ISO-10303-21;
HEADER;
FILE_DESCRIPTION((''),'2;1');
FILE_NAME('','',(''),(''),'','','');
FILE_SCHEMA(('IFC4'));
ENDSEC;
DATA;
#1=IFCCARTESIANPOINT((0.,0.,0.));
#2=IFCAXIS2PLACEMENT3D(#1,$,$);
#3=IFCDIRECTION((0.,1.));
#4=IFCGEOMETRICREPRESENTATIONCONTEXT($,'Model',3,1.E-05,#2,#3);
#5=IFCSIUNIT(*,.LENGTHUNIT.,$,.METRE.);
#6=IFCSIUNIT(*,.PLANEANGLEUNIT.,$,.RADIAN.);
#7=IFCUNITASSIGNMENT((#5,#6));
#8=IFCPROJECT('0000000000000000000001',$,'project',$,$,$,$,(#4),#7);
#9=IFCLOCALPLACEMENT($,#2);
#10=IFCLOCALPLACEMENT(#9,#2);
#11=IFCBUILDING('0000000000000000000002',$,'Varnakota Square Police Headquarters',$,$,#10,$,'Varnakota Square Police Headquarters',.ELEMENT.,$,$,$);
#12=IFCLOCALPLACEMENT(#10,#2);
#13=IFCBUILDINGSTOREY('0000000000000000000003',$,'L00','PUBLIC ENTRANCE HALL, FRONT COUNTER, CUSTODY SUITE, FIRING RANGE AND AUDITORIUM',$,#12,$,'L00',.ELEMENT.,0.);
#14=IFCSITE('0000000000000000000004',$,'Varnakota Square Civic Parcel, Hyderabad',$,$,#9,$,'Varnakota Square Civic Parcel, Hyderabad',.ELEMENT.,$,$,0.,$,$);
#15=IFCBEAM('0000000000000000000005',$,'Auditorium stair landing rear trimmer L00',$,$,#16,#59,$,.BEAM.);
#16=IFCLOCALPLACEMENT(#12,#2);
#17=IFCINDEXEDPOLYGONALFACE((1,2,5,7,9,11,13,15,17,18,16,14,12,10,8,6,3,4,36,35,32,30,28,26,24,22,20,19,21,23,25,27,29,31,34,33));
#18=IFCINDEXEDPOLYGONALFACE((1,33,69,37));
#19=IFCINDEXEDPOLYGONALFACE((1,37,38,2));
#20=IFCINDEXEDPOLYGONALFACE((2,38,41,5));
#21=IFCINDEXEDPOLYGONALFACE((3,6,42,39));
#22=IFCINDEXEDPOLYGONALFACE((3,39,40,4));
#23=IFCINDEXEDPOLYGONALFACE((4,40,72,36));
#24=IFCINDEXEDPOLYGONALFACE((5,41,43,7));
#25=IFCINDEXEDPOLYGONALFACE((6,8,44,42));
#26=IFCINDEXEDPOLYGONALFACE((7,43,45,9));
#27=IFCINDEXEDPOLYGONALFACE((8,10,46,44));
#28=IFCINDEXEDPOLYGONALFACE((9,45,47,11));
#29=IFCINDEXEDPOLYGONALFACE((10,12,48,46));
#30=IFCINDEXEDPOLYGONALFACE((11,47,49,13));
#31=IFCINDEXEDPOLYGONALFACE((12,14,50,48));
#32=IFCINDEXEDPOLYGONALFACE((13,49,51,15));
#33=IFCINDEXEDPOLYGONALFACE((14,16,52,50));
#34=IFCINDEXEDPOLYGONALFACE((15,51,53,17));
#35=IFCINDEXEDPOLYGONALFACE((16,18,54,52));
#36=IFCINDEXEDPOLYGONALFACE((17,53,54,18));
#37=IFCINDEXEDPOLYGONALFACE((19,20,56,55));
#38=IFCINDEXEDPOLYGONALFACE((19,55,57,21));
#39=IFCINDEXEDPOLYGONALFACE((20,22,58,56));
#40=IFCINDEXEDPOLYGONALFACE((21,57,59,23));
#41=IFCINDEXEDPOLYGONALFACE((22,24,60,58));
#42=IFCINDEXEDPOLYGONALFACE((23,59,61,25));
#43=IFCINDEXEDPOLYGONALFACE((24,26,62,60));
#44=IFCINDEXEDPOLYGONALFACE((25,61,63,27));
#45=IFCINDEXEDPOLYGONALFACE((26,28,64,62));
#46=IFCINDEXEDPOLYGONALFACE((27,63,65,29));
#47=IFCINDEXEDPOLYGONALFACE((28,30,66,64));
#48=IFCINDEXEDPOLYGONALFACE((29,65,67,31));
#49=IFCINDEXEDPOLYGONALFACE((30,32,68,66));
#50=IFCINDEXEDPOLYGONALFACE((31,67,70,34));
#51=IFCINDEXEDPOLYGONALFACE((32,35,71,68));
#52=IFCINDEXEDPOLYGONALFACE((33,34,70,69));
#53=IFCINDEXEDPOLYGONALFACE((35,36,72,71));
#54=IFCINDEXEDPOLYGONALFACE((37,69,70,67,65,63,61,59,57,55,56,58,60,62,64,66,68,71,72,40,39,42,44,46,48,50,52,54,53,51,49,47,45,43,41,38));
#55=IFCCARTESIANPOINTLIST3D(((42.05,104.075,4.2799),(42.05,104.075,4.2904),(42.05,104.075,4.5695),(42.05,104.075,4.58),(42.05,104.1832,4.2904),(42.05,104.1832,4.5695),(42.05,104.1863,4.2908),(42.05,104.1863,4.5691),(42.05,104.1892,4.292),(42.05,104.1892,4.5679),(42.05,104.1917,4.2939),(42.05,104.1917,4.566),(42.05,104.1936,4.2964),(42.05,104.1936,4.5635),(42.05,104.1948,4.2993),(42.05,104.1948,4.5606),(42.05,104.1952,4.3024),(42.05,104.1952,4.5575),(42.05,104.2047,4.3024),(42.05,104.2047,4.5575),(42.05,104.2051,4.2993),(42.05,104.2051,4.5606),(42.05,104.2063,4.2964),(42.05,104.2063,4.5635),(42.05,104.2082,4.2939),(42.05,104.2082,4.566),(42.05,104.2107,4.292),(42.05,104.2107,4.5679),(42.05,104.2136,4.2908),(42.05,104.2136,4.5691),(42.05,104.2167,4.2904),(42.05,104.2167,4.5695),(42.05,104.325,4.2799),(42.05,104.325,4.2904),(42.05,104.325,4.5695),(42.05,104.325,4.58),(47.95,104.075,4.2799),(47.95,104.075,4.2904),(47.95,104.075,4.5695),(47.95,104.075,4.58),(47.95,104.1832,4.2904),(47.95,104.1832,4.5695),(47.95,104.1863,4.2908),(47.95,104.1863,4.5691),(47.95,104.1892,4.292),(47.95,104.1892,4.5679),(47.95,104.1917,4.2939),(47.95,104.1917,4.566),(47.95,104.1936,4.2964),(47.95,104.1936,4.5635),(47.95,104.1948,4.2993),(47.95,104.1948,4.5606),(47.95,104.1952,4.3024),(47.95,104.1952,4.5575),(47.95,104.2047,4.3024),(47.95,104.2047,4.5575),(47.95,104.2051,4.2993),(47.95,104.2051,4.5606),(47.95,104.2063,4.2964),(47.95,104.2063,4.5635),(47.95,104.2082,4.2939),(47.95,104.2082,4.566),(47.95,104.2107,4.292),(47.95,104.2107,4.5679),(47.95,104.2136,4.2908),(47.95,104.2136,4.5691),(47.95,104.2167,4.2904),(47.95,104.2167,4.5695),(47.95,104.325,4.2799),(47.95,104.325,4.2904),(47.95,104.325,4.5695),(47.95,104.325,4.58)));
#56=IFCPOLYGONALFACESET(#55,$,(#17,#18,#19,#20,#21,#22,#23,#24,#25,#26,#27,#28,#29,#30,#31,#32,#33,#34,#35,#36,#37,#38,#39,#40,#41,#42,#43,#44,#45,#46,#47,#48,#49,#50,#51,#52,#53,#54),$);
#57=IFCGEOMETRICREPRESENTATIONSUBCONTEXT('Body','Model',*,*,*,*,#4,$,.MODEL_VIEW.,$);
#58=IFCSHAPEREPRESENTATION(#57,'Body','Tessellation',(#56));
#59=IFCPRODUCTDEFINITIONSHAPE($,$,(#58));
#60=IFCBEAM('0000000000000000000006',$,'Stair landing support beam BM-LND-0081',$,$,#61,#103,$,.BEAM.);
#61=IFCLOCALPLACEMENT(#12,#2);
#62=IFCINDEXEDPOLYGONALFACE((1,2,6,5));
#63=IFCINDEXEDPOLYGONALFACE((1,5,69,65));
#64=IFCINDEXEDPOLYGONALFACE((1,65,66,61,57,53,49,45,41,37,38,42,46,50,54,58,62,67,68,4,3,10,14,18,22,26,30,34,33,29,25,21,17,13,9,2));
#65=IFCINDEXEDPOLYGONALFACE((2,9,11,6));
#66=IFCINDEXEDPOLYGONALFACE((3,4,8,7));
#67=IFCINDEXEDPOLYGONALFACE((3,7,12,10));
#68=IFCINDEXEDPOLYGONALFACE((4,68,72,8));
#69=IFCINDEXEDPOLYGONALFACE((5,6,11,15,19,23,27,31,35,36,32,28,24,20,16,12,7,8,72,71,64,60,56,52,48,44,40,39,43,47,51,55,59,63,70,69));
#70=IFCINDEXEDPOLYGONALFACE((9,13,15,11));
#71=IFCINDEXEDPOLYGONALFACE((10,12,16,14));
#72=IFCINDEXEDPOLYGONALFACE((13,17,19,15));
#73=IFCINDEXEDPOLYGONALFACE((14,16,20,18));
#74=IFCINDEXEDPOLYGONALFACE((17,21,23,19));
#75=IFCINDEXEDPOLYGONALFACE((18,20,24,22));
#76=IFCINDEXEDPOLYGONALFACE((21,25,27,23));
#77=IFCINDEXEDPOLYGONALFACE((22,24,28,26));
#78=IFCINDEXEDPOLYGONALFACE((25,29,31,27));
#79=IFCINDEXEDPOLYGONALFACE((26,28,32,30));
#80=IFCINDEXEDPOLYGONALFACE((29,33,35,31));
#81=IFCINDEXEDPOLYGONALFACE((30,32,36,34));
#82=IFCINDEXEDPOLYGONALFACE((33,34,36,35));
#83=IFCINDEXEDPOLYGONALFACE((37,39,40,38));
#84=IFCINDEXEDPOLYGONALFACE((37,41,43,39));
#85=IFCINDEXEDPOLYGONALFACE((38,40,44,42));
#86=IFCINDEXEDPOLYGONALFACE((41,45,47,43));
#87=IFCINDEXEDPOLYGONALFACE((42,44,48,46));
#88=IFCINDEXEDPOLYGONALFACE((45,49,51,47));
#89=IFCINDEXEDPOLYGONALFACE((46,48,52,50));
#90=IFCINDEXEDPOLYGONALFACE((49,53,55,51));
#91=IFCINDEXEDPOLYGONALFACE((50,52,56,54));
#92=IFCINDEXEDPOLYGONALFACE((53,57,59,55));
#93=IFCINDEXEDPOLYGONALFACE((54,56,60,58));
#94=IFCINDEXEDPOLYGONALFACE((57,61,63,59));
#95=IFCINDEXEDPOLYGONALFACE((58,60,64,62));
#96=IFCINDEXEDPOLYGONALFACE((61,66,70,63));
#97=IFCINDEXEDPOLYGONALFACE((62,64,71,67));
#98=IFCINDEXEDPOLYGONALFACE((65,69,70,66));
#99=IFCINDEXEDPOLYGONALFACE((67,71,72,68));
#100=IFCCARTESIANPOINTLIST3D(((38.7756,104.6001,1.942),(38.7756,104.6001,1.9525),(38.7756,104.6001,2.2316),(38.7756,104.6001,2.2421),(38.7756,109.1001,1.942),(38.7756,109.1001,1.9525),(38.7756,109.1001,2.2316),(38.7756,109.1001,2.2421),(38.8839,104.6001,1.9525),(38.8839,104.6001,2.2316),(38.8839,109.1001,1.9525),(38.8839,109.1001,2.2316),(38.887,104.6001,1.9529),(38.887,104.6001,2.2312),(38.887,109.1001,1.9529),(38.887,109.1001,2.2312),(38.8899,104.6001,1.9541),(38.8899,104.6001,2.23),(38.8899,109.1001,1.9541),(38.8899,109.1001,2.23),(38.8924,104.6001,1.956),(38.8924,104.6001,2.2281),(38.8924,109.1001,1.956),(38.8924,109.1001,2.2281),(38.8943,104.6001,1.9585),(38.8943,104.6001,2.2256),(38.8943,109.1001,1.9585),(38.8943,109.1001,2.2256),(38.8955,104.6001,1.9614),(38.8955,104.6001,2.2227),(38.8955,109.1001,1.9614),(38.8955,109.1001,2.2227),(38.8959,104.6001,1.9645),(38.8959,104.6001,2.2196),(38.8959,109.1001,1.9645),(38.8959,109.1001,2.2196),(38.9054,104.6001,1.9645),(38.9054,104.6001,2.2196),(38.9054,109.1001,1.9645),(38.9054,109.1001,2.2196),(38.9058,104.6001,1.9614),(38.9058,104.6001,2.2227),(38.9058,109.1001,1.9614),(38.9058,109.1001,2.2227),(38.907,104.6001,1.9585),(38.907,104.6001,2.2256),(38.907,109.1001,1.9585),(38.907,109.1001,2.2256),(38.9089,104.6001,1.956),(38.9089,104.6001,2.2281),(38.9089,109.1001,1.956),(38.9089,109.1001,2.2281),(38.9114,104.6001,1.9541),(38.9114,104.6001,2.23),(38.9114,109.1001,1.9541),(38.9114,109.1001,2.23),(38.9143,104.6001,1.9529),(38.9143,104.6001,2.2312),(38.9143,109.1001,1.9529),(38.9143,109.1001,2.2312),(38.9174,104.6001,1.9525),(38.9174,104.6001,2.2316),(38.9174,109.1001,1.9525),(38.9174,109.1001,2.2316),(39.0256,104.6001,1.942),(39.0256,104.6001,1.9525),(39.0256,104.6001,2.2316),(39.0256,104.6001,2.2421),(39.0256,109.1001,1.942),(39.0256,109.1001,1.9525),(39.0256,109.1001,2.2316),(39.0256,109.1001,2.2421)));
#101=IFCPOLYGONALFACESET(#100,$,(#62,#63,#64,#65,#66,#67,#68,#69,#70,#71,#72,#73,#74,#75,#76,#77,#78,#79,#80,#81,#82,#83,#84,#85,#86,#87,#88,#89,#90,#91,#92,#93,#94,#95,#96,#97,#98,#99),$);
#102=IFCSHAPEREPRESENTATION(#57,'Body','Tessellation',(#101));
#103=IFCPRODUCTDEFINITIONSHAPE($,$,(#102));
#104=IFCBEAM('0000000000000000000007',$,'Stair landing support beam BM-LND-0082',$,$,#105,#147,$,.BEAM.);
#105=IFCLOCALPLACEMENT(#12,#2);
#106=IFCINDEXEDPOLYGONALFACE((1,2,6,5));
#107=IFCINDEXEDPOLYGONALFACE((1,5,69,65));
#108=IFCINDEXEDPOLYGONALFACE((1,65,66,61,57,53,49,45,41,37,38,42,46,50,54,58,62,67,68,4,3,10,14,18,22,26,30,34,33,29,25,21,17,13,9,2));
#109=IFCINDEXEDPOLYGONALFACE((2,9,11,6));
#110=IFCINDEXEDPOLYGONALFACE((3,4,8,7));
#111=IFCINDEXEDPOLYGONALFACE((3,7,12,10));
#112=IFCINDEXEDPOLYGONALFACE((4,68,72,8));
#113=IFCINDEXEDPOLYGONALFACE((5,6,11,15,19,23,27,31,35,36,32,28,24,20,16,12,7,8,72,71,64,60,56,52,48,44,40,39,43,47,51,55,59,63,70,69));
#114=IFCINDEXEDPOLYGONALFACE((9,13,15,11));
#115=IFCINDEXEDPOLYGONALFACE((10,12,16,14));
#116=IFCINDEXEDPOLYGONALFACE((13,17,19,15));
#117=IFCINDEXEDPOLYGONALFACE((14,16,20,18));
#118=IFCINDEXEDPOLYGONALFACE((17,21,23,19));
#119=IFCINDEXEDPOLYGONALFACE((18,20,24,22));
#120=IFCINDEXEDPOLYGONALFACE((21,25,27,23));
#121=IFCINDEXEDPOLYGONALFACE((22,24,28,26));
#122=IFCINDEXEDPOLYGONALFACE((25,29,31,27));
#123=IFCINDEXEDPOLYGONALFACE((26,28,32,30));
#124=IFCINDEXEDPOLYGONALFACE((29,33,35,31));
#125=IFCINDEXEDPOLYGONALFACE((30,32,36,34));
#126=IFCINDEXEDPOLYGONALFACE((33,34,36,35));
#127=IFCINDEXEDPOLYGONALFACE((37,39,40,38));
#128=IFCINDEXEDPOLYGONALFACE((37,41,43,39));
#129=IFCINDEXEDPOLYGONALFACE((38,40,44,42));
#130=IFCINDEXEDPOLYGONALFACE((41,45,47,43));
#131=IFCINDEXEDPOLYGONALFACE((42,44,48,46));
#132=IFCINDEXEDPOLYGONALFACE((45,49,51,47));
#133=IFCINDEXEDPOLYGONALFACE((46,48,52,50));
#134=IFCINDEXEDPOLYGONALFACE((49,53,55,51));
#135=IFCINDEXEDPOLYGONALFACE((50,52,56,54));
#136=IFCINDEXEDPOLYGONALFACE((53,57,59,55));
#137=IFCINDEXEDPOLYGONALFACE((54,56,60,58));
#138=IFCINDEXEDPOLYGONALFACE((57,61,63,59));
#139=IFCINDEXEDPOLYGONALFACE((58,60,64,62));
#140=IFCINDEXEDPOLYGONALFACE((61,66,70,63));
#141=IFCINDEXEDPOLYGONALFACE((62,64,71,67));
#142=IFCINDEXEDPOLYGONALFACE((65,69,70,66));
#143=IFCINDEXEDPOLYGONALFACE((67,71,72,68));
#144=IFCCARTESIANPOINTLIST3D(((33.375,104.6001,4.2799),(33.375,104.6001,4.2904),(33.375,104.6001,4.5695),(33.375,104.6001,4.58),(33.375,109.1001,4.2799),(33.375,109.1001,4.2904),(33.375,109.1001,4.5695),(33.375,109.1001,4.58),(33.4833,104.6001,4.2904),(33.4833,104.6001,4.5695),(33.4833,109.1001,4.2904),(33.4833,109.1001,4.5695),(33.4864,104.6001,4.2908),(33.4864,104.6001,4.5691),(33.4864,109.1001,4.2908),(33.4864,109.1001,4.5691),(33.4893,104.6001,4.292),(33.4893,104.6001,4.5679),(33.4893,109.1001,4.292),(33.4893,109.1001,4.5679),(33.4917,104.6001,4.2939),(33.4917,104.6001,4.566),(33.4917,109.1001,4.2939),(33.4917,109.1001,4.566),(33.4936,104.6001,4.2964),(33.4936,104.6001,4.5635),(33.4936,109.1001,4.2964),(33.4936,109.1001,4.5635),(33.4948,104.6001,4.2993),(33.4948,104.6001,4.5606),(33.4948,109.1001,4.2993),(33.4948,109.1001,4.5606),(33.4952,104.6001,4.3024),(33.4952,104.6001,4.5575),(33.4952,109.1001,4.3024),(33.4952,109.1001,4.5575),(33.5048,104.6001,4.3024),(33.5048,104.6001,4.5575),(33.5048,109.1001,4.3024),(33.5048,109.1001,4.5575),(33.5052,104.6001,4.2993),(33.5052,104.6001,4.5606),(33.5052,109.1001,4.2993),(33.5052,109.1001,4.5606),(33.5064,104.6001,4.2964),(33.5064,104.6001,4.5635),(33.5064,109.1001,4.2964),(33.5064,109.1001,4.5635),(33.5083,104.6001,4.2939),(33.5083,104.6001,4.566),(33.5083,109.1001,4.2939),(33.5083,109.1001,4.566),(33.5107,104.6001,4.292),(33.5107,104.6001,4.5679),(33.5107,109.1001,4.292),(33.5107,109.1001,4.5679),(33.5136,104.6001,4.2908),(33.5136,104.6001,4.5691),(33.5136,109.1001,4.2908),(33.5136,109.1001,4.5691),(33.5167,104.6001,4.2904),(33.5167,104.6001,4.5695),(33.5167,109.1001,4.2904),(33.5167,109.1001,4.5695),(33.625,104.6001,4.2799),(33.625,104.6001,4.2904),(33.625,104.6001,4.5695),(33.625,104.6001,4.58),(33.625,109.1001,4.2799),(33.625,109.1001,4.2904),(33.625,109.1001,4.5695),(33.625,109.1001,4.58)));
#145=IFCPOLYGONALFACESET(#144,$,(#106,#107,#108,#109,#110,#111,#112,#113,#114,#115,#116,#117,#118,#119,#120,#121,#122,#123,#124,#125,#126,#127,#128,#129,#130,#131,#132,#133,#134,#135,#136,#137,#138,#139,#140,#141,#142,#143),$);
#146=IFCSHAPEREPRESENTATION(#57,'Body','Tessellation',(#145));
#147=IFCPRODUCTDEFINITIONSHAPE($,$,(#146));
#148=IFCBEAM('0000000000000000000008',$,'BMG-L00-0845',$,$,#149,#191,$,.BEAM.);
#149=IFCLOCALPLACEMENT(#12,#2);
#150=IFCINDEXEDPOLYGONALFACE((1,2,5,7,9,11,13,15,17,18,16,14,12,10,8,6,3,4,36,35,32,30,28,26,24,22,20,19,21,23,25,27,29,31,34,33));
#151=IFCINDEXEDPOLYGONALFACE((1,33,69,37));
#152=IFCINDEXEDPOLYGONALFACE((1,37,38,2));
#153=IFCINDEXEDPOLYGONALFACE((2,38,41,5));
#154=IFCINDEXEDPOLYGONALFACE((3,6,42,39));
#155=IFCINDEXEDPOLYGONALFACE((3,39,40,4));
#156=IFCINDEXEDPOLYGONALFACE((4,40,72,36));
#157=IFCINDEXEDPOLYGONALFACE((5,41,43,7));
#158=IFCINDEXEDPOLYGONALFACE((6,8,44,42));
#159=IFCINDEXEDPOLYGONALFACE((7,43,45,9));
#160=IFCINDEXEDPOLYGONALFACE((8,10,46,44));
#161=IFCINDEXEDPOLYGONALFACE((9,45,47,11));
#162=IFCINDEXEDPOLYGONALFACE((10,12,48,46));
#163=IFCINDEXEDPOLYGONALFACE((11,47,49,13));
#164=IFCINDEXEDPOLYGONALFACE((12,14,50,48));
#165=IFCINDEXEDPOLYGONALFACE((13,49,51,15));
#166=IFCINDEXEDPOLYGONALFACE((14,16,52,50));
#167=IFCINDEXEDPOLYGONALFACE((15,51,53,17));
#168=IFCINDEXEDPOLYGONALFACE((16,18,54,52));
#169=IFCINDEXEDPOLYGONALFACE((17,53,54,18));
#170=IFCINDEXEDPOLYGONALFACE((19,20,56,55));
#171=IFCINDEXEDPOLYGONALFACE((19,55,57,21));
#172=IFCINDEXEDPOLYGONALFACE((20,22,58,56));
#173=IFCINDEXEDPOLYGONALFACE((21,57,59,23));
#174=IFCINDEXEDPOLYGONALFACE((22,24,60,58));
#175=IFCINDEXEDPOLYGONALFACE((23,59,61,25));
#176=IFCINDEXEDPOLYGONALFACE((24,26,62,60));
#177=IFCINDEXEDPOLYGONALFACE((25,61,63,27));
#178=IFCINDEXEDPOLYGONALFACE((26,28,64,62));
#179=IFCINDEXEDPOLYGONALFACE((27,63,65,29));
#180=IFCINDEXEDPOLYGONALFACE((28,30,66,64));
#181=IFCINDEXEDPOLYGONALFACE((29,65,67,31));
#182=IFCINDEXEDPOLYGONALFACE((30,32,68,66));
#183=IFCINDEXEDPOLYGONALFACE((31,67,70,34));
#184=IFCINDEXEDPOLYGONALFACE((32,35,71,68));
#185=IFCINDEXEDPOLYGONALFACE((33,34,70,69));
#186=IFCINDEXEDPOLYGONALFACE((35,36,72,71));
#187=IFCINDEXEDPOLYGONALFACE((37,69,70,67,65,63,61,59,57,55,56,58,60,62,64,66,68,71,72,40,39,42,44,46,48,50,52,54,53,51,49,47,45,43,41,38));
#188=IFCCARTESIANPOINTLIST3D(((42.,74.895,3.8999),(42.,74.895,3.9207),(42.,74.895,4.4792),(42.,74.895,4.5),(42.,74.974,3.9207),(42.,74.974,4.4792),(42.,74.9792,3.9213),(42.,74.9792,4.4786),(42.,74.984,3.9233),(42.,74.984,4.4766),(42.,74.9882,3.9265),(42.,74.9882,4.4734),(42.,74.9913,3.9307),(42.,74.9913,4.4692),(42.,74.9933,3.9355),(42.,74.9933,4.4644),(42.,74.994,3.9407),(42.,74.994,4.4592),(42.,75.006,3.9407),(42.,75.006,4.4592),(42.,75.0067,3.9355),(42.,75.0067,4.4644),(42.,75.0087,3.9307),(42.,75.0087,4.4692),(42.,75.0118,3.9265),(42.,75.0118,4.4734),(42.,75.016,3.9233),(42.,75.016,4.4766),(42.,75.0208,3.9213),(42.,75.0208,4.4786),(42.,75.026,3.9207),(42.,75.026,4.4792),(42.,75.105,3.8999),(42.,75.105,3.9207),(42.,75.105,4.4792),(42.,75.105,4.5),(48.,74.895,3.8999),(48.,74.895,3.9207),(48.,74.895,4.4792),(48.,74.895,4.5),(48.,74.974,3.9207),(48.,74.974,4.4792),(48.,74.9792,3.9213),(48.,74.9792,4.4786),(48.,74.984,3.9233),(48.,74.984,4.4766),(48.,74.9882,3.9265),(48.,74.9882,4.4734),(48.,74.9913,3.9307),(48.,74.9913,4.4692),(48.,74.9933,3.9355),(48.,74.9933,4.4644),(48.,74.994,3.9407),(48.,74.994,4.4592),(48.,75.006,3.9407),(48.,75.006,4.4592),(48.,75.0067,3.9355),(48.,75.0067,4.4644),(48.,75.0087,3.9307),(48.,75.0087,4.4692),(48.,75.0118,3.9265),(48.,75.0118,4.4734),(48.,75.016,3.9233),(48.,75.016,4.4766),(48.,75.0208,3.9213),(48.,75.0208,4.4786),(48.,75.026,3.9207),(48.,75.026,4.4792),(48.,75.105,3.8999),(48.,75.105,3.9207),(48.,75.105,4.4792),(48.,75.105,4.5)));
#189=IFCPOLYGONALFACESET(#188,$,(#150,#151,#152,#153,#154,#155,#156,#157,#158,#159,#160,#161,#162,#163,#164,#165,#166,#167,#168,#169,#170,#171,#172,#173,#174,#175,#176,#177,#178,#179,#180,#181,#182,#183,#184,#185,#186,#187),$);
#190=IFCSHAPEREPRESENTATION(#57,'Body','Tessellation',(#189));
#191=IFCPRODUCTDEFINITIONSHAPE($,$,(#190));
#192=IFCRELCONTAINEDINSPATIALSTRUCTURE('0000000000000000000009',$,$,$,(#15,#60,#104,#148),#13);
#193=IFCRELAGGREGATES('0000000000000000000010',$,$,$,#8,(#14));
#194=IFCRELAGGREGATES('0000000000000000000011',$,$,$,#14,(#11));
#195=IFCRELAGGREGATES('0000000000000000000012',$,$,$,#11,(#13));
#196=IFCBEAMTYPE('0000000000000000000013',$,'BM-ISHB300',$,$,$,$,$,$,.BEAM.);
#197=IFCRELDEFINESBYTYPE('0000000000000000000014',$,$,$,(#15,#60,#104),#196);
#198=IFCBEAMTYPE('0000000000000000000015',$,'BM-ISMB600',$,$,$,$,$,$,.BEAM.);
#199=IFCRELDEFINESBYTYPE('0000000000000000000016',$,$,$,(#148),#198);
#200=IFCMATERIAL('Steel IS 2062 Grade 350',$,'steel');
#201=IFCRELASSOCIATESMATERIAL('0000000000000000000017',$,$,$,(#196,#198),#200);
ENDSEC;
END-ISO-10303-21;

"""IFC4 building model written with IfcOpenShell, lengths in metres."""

from ifc_helpers import new_model, si_unit, direction, frame, origin, origin_2d, place, context, subcontext, project, spatial, i_section, extrude, material, material_profile, profile_set, type_object, element, save


model = new_model("IFC4")

# Units and contexts
model_context = context("Model", 3, precision=1e-05, world=origin(), true_north=direction((0.0, 1.0)))
body_context = subcontext(model_context, "Body", "Model", "MODEL_VIEW")
ifc_project = project(units=[si_unit("LENGTHUNIT", "METRE"), si_unit("PLANEANGLEUNIT", "RADIAN")], contexts=[model_context])

# Site, building, storey
site_placement = place(None, origin())
site = spatial("IfcSite", under=ifc_project, at=site_placement, Name="Varnakota Square Civic Parcel, Hyderabad", LongName="Varnakota Square Civic Parcel, Hyderabad", CompositionType="ELEMENT", RefElevation=0.0)
building_placement = place(site_placement, origin())
building = spatial("IfcBuilding", under=site, at=building_placement, Name="Varnakota Square Police Headquarters", LongName="Varnakota Square Police Headquarters", CompositionType="ELEMENT")
storey_placement = place(building_placement, origin())
storey = spatial("IfcBuildingStorey", under=building, at=storey_placement, Name="L00", Description="PUBLIC ENTRANCE HALL, FRONT COUNTER, CUSTODY SUITE, FIRING RANGE AND AUDITORIUM", LongName="L00", CompositionType="ELEMENT", Elevation=0.0)

# Beams
ifc_material_1 = material(Name="Steel IS 2062 Grade 350", Category="steel")
ifc_material_profile_1 = material_profile(ifc_material_1, i_section(OverallWidth=0.25, OverallDepth=0.3, WebThickness=0.0095, FlangeThickness=0.0105, FilletRadius=0.012, at=origin_2d()), Name="ISHB 300")
ifc_profile_set_1 = profile_set([ifc_material_profile_1], Name="Steel IS 2062 Grade 350")
beam_type_1 = type_object("IfcBeamType", Name="BM-ISHB300", PredefinedType="BEAM", material=ifc_profile_set_1)
for number, where, z_axis, x_axis, name in (
    (1, (42.05, 104.2, 4.4299), (1.0, 0.0, 0.0), (0.0, 1.0, 0.0), "Auditorium stair landing rear trimmer L00"),
):
    element("IfcBeam", number, at=place(storey_placement, frame(where, z_axis=z_axis, x_axis=x_axis)), inside=storey, type_object=beam_type_1, Name=name, PredefinedType="BEAM", context=body_context, shape_type="SweptSolid", body=[
        extrude(i_section(OverallWidth=0.25, OverallDepth=0.3, WebThickness=0.0095, FlangeThickness=0.0105, FilletRadius=0.012, at=origin_2d()), origin(), (0.0, 0.0, 1.0), 5.8999),
    ])
for number, where, z_axis, x_axis, name in (
    (2, (38.9006, 104.6001, 2.092), (0.0, 1.0, 0.0), (-1.0, 0.0, 0.0), "Stair landing support beam BM-LND-0081"),
    (3, (33.5, 104.6001, 4.4299), (0.0, 1.0, 0.0), (-1.0, 0.0, 0.0), "Stair landing support beam BM-LND-0082"),
):
    element("IfcBeam", number, at=place(storey_placement, frame(where, z_axis=z_axis, x_axis=x_axis)), inside=storey, type_object=beam_type_1, Name=name, PredefinedType="BEAM", context=body_context, shape_type="SweptSolid", body=[
        extrude(i_section(OverallWidth=0.25, OverallDepth=0.3, WebThickness=0.0095, FlangeThickness=0.0105, FilletRadius=0.012, at=origin_2d()), origin(), (0.0, 0.0, 1.0), 4.5),
    ])
ifc_material_profile_2 = material_profile(ifc_material_1, i_section(OverallWidth=0.21, OverallDepth=0.6001, WebThickness=0.012, FlangeThickness=0.0208, FilletRadius=0.02, at=origin_2d()), Name="ISMB 600")
ifc_profile_set_2 = profile_set([ifc_material_profile_2], Name="Steel IS 2062 Grade 350")
beam_type_2 = type_object("IfcBeamType", Name="BM-ISMB600", PredefinedType="BEAM", material=ifc_profile_set_2)
beam_1_placement = place(storey_placement, frame((42.0, 75.0, 4.2), z_axis=(1.0, 0.0, 0.0), x_axis=(0.0, 1.0, 0.0)))
element("IfcBeam", 4, at=beam_1_placement, inside=storey, type_object=beam_type_2, Name="BMG-L00-0845", PredefinedType="BEAM", context=body_context, shape_type="SweptSolid", body=[
    extrude(i_section(OverallWidth=0.21, OverallDepth=0.6001, WebThickness=0.012, FlangeThickness=0.0208, FilletRadius=0.02, at=origin_2d()), origin(), (0.0, 0.0, 1.0), 6.0),
])

save(model, "model.ifc")
